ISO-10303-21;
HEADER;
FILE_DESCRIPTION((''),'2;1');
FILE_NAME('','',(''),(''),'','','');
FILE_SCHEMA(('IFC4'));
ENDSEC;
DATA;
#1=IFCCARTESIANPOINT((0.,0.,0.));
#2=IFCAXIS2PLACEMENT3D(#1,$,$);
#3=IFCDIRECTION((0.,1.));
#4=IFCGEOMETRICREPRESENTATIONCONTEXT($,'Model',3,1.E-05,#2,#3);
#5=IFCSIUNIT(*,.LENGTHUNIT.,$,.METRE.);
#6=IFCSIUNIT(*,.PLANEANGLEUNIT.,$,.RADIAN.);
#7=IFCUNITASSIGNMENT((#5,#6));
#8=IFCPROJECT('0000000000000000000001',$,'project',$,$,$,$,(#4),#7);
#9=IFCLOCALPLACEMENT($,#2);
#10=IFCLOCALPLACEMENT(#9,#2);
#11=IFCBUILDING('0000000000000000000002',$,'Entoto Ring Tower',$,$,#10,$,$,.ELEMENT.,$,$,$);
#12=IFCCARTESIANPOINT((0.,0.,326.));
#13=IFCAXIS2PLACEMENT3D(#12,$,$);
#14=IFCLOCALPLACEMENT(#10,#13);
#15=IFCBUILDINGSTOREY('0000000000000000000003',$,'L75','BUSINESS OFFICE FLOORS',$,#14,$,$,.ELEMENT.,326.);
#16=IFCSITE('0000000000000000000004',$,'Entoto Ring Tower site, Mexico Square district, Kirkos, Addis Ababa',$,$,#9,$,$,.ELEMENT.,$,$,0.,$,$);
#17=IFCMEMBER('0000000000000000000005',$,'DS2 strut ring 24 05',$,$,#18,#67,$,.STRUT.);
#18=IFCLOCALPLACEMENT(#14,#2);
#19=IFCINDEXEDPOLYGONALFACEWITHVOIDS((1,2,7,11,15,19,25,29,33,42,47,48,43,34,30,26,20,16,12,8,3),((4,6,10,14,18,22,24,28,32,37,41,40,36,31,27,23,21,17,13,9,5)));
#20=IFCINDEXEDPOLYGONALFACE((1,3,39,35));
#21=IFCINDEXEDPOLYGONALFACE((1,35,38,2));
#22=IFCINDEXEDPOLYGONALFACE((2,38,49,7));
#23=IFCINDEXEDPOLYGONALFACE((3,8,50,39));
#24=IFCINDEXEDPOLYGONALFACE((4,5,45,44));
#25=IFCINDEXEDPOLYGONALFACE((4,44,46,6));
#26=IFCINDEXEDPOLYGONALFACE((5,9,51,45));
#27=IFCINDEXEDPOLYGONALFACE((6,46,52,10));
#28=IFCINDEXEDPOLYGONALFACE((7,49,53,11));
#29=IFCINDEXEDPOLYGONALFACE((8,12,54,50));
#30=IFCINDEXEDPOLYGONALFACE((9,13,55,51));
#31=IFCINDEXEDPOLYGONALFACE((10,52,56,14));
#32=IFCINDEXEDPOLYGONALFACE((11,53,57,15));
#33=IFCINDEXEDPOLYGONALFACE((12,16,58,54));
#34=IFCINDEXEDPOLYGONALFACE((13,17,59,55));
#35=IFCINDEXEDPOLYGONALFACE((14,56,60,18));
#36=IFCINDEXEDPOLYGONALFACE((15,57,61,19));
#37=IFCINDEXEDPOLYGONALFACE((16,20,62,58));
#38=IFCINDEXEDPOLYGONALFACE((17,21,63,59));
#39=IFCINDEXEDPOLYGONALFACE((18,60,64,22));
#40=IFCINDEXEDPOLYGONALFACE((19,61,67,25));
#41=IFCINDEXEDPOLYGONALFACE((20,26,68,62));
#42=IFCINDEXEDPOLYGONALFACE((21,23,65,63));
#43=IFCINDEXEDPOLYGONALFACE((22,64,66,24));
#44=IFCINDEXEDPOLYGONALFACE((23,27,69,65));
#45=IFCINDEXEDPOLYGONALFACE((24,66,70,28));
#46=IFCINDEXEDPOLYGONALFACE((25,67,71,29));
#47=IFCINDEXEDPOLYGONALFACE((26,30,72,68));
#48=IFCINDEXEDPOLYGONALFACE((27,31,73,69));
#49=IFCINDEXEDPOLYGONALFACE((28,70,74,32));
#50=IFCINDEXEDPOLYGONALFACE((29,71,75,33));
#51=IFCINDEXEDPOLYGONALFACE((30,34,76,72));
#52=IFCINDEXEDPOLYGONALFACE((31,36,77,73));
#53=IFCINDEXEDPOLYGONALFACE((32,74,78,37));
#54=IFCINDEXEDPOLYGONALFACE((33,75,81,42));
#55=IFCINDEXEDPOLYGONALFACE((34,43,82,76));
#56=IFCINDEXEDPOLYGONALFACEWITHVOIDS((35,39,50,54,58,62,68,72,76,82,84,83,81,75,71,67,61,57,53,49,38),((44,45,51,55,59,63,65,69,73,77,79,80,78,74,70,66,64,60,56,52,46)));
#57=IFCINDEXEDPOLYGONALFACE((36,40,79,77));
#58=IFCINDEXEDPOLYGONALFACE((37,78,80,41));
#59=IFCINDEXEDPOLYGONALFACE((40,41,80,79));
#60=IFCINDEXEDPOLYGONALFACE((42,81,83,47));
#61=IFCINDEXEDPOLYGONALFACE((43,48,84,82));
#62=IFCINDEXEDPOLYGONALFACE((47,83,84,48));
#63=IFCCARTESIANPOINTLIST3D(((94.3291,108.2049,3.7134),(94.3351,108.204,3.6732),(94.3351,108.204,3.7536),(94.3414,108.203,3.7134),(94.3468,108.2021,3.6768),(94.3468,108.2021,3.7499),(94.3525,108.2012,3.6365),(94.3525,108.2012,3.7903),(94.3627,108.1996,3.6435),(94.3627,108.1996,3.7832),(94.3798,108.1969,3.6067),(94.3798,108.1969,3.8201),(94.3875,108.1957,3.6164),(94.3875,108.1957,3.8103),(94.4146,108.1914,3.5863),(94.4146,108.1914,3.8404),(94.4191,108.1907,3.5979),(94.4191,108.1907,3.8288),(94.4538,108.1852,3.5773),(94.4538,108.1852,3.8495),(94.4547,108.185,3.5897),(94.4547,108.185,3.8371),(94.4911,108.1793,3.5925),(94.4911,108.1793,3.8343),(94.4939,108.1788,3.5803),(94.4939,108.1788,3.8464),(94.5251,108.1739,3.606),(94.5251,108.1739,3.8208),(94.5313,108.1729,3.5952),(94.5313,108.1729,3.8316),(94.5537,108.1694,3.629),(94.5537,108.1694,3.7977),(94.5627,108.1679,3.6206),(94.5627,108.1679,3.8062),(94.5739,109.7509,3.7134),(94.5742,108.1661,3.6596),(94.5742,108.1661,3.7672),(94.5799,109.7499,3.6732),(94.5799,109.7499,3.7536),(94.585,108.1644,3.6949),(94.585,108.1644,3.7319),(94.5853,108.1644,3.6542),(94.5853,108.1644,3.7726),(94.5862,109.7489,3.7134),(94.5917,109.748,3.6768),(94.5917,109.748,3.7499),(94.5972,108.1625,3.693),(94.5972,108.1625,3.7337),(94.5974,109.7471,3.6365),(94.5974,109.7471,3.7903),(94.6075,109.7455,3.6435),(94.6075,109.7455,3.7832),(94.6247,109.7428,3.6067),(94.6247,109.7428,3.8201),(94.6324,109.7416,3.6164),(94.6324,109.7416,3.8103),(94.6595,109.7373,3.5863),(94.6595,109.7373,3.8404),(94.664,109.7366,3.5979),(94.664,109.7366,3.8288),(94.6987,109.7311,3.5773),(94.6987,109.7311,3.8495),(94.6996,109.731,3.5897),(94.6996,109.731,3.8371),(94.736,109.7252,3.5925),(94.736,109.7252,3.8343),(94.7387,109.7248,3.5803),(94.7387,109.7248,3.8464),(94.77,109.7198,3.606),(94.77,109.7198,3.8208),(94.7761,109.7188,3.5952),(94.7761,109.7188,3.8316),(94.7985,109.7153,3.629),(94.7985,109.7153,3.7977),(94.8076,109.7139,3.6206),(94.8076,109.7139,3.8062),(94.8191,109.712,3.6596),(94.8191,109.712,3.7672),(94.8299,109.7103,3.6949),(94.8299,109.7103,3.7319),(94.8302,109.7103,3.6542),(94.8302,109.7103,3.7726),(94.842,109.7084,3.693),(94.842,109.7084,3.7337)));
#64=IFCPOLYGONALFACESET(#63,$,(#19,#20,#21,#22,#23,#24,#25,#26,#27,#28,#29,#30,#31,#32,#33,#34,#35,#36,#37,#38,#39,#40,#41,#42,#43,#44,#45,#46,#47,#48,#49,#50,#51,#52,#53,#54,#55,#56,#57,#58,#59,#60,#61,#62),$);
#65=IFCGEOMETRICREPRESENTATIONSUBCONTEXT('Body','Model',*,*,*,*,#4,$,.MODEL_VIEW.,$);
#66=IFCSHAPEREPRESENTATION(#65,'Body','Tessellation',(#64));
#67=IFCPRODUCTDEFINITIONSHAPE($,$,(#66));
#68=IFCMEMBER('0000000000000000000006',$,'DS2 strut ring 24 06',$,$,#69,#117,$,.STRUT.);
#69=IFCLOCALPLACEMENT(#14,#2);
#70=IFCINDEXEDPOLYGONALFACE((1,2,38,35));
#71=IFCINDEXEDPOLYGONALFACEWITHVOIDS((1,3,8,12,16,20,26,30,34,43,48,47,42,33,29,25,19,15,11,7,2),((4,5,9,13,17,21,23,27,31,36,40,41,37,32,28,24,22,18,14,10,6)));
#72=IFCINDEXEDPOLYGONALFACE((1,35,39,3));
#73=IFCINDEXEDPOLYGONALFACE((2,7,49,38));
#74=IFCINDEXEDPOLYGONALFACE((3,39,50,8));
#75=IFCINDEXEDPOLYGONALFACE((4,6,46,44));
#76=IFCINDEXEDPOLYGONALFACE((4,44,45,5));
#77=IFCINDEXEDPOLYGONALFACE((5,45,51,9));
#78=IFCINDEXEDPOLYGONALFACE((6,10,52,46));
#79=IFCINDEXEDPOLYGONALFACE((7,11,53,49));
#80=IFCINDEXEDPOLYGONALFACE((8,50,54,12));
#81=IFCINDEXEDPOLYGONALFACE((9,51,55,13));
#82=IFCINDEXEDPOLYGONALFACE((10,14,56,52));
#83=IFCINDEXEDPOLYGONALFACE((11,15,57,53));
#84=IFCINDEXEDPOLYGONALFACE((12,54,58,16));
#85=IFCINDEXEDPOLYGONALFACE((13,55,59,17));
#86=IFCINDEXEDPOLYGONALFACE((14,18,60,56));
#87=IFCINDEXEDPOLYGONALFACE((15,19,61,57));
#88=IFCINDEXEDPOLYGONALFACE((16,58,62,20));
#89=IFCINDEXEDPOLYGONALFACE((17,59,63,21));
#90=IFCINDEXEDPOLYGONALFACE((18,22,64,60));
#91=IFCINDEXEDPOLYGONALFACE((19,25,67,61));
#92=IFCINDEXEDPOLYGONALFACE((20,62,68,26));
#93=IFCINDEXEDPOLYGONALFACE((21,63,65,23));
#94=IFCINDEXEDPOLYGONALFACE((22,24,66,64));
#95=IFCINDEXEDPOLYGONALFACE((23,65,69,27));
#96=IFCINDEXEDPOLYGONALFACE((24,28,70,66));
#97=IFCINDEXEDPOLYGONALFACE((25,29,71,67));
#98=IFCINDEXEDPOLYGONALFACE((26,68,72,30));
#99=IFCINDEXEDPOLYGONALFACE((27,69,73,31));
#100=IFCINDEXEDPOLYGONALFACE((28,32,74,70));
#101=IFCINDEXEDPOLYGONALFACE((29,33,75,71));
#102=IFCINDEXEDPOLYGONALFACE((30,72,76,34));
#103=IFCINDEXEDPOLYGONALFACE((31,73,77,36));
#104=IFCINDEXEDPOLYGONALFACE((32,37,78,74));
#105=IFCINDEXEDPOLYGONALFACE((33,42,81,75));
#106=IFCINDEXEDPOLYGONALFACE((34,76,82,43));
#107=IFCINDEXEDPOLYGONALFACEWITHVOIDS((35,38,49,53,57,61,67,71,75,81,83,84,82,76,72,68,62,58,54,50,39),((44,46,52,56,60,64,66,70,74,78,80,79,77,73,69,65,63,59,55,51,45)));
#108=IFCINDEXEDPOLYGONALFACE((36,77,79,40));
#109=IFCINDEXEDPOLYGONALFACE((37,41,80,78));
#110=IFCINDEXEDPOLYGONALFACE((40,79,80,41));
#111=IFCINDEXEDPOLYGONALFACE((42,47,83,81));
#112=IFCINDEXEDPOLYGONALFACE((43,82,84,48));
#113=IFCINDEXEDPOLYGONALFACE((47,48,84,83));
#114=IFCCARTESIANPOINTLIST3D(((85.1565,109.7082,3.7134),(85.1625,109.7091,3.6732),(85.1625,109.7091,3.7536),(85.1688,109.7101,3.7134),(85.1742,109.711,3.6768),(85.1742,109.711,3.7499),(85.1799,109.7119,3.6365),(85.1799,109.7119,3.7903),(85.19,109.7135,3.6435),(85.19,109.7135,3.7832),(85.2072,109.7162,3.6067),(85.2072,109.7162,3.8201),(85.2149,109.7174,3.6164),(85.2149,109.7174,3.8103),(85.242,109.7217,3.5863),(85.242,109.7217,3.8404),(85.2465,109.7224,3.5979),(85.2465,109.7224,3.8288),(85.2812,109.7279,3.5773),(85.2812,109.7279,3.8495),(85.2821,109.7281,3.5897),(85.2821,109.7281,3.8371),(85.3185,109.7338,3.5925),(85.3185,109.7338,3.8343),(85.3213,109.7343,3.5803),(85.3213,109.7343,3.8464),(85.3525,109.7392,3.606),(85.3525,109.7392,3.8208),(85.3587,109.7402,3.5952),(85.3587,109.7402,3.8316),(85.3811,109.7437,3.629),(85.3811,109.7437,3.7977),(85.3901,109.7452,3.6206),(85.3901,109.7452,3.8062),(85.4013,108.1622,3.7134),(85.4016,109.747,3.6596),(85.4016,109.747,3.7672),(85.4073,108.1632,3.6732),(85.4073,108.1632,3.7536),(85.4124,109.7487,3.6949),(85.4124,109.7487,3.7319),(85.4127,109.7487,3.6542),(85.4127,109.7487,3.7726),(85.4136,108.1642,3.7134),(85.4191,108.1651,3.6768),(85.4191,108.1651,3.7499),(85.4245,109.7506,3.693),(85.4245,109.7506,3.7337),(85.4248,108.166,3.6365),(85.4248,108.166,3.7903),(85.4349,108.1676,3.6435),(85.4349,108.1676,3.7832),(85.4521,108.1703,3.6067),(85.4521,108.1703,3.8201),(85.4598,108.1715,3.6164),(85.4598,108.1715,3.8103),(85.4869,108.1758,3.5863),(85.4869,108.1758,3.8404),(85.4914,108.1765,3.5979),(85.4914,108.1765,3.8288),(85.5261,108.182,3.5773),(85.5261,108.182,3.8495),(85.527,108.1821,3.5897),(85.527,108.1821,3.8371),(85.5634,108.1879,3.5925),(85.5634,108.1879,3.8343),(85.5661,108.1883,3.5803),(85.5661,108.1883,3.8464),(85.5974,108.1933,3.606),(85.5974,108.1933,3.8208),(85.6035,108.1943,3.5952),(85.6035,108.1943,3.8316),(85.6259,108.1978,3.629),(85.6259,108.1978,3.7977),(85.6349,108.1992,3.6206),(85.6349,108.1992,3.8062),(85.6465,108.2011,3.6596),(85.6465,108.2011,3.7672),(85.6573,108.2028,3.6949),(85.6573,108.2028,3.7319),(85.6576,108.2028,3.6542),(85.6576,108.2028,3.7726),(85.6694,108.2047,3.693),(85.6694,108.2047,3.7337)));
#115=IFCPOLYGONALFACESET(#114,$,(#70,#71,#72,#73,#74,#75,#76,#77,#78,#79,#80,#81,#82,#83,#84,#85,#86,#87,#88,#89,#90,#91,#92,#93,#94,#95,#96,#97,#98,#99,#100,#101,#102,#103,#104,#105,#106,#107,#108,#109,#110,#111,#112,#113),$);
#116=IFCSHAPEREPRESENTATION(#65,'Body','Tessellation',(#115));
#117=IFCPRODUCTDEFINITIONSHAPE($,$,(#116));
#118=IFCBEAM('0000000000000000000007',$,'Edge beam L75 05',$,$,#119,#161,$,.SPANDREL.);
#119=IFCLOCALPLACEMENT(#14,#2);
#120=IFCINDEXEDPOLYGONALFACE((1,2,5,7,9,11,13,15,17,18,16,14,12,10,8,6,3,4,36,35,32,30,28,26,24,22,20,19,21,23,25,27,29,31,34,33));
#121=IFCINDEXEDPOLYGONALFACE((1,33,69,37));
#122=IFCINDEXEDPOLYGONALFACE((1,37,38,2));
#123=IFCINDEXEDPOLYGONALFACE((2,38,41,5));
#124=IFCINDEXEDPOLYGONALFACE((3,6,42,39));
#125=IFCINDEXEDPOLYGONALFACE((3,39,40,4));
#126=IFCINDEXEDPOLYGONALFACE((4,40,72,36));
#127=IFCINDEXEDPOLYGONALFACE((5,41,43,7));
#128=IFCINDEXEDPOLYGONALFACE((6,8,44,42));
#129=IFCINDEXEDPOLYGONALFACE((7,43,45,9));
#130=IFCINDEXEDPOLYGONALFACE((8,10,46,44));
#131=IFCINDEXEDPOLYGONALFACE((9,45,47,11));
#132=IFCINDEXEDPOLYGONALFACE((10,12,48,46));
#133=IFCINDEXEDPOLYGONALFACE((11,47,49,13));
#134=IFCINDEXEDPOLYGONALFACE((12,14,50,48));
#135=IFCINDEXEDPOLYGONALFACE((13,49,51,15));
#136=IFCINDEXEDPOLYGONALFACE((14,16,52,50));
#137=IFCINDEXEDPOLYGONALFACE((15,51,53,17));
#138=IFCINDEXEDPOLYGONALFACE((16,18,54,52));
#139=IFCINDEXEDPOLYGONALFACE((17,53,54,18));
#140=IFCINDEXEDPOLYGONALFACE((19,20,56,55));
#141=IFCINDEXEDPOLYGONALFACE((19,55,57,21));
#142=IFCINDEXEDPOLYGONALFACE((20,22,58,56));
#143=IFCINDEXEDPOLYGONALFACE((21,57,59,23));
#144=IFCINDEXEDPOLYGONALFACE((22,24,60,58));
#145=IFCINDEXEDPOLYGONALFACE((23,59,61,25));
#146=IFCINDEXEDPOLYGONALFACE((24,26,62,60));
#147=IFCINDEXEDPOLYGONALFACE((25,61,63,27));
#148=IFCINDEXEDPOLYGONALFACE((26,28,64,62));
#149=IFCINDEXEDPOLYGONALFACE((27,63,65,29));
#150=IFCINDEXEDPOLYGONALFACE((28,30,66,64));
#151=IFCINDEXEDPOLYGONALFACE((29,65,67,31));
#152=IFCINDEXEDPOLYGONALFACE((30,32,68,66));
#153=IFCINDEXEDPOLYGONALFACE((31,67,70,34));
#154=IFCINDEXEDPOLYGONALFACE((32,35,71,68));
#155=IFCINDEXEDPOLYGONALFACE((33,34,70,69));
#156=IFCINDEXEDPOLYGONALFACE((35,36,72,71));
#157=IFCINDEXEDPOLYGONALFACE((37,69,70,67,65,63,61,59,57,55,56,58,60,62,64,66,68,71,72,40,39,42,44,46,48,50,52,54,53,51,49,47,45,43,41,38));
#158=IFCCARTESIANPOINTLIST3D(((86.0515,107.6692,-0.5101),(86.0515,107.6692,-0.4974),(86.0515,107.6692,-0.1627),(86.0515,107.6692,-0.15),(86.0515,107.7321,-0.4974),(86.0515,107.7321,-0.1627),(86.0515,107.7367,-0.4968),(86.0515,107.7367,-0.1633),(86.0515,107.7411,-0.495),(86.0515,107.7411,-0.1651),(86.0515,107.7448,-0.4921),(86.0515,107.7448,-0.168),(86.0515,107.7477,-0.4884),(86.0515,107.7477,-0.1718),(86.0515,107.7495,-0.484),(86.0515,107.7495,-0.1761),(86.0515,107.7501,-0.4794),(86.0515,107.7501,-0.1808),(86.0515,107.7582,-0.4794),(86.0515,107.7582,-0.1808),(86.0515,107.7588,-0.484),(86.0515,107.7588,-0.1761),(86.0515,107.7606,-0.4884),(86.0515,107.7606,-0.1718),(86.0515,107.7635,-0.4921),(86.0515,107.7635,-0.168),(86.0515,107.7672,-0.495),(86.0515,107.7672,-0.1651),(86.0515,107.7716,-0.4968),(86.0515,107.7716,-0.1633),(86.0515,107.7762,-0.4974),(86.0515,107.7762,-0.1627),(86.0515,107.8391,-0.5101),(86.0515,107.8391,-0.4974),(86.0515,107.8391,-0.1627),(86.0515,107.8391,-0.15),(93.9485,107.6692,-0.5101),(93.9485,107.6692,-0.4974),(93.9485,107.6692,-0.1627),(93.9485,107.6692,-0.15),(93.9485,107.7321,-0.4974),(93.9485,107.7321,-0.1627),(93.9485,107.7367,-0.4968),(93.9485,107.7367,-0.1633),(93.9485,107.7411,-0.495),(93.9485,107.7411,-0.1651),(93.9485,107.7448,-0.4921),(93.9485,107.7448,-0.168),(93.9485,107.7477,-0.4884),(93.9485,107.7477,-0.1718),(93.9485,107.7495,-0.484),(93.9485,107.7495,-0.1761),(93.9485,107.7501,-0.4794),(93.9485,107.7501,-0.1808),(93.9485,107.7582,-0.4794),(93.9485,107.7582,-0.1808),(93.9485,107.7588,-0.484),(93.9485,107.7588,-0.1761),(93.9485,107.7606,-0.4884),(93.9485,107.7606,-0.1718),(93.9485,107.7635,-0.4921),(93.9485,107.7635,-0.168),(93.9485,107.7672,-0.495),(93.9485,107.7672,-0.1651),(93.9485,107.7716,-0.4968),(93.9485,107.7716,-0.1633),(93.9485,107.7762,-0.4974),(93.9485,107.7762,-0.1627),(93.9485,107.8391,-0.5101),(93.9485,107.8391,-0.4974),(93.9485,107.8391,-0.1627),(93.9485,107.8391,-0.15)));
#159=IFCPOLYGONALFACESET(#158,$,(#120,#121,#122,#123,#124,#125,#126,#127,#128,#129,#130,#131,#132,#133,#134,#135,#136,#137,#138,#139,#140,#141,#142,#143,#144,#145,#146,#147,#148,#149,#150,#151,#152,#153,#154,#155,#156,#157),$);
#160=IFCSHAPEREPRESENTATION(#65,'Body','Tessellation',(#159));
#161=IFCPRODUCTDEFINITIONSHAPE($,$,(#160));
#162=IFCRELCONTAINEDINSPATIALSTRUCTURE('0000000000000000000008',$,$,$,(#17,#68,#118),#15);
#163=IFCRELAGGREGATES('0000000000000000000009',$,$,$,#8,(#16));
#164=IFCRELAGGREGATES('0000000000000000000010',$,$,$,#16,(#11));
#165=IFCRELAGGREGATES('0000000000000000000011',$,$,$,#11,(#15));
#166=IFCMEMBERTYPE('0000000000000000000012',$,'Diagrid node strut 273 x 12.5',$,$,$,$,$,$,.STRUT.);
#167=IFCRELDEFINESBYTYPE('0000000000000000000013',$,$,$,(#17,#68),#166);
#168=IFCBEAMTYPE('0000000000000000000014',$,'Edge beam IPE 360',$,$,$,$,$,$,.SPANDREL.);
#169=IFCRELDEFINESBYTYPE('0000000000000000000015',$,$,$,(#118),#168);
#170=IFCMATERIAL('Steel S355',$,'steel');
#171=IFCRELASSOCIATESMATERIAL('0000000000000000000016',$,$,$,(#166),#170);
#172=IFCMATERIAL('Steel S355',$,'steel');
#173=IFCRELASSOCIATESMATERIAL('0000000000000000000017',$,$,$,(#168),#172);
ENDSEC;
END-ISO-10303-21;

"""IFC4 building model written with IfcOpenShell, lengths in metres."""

from ifc_helpers import new_model, si_unit, direction, frame, origin, origin_2d, place, context, subcontext, project, spatial, circle, hollow_circle, i_section, extrude, material, material_profile, profile_set, type_object, element, save


model = new_model("IFC4")

# Units and contexts
model_context = context("Model", 3, precision=1e-05, world=origin(), true_north=direction((0.0, 1.0)))
body_context = subcontext(model_context, "Body", "Model", "MODEL_VIEW")
ifc_project = project(units=[si_unit("LENGTHUNIT", "METRE"), si_unit("PLANEANGLEUNIT", "RADIAN")], contexts=[model_context])

# Site, building, storey
site_placement = place(None, origin())
site = spatial("IfcSite", under=ifc_project, at=site_placement, Name="Entoto Ring Tower site, Mexico Square district, Kirkos, Addis Ababa", CompositionType="ELEMENT", RefElevation=0.0)
building_placement = place(site_placement, origin())
building = spatial("IfcBuilding", under=site, at=building_placement, Name="Entoto Ring Tower", CompositionType="ELEMENT")
storey_placement = place(building_placement, frame((0.0, 0.0, 326.0)))
storey = spatial("IfcBuildingStorey", under=building, at=storey_placement, Name="L75", Description="BUSINESS OFFICE FLOORS", CompositionType="ELEMENT", Elevation=326.0)

# Members
ifc_material_1 = material(Name="Steel S355", Category="steel")
ifc_material_profile_1 = material_profile(ifc_material_1, hollow_circle(Radius=0.1365, WallThickness=0.0125, at=origin_2d()), Name="CHS 273 x 12.5")
ifc_material_2 = material(Name="Concrete C60/75", Category="concrete")
ifc_material_profile_2 = material_profile(ifc_material_2, circle(Radius=0.124, at=origin_2d()), Name="Concrete C60/75 infill")
ifc_profile_set_1 = profile_set([ifc_material_profile_1, ifc_material_profile_2], Name="Steel S355")
member_type = type_object("IfcMemberType", Name="Diagrid node strut 273 x 12.5", PredefinedType="STRUT", material=ifc_profile_set_1)
for number, where, z_axis, x_axis, name in (
    (1, (94.4639, 108.1836, 3.7134), (0.156451, 0.987686, 0.0), (-0.987686, 0.156451, 0.0), "DS2 strut ring 24 05"),
    (2, (85.5361, 108.1836, 3.7134), (-0.156451, 0.987686, 0.0), (-0.987686, -0.156451, 0.0), "DS2 strut ring 24 06"),
):
    element("IfcMember", number, at=place(storey_placement, frame(where, z_axis=z_axis, x_axis=x_axis)), inside=storey, type_object=member_type, Name=name, PredefinedType="STRUT", context=body_context, shape_type="SweptSolid", body=[
        extrude(hollow_circle(Radius=0.1365, WallThickness=0.0125, at=origin_2d()), origin(), (0.0, 0.0, 1.0), 1.5652),
    ])

# Beam
ifc_material_3 = material(Name="Steel S355", Category="steel")
ifc_material_profile_3 = material_profile(ifc_material_3, i_section(OverallWidth=0.1699, OverallDepth=0.3601, WebThickness=0.0081, FlangeThickness=0.0127, FilletRadius=0.0181, at=origin_2d()), Name="IPE 360")
ifc_profile_set_2 = profile_set([ifc_material_profile_3], Name="Steel S355")
beam_type_1 = type_object("IfcBeamType", Name="Edge beam IPE 360", PredefinedType="SPANDREL", material=ifc_profile_set_2)
beam_1_placement = place(storey_placement, frame((93.9485, 107.7542, -0.3301), z_axis=(-1.0, 0.0, 0.0), x_axis=(0.0, -1.0, 0.0)))
element("IfcBeam", 3, at=beam_1_placement, inside=storey, type_object=beam_type_1, Name="Edge beam L75 05", PredefinedType="SPANDREL", context=body_context, shape_type="SweptSolid", body=[
    extrude(i_section(OverallWidth=0.1699, OverallDepth=0.3601, WebThickness=0.0081, FlangeThickness=0.0127, FilletRadius=0.0181, at=origin_2d()), origin(), (0.0, 0.0, 1.0), 7.897),
])

save(model, "model.ifc")
